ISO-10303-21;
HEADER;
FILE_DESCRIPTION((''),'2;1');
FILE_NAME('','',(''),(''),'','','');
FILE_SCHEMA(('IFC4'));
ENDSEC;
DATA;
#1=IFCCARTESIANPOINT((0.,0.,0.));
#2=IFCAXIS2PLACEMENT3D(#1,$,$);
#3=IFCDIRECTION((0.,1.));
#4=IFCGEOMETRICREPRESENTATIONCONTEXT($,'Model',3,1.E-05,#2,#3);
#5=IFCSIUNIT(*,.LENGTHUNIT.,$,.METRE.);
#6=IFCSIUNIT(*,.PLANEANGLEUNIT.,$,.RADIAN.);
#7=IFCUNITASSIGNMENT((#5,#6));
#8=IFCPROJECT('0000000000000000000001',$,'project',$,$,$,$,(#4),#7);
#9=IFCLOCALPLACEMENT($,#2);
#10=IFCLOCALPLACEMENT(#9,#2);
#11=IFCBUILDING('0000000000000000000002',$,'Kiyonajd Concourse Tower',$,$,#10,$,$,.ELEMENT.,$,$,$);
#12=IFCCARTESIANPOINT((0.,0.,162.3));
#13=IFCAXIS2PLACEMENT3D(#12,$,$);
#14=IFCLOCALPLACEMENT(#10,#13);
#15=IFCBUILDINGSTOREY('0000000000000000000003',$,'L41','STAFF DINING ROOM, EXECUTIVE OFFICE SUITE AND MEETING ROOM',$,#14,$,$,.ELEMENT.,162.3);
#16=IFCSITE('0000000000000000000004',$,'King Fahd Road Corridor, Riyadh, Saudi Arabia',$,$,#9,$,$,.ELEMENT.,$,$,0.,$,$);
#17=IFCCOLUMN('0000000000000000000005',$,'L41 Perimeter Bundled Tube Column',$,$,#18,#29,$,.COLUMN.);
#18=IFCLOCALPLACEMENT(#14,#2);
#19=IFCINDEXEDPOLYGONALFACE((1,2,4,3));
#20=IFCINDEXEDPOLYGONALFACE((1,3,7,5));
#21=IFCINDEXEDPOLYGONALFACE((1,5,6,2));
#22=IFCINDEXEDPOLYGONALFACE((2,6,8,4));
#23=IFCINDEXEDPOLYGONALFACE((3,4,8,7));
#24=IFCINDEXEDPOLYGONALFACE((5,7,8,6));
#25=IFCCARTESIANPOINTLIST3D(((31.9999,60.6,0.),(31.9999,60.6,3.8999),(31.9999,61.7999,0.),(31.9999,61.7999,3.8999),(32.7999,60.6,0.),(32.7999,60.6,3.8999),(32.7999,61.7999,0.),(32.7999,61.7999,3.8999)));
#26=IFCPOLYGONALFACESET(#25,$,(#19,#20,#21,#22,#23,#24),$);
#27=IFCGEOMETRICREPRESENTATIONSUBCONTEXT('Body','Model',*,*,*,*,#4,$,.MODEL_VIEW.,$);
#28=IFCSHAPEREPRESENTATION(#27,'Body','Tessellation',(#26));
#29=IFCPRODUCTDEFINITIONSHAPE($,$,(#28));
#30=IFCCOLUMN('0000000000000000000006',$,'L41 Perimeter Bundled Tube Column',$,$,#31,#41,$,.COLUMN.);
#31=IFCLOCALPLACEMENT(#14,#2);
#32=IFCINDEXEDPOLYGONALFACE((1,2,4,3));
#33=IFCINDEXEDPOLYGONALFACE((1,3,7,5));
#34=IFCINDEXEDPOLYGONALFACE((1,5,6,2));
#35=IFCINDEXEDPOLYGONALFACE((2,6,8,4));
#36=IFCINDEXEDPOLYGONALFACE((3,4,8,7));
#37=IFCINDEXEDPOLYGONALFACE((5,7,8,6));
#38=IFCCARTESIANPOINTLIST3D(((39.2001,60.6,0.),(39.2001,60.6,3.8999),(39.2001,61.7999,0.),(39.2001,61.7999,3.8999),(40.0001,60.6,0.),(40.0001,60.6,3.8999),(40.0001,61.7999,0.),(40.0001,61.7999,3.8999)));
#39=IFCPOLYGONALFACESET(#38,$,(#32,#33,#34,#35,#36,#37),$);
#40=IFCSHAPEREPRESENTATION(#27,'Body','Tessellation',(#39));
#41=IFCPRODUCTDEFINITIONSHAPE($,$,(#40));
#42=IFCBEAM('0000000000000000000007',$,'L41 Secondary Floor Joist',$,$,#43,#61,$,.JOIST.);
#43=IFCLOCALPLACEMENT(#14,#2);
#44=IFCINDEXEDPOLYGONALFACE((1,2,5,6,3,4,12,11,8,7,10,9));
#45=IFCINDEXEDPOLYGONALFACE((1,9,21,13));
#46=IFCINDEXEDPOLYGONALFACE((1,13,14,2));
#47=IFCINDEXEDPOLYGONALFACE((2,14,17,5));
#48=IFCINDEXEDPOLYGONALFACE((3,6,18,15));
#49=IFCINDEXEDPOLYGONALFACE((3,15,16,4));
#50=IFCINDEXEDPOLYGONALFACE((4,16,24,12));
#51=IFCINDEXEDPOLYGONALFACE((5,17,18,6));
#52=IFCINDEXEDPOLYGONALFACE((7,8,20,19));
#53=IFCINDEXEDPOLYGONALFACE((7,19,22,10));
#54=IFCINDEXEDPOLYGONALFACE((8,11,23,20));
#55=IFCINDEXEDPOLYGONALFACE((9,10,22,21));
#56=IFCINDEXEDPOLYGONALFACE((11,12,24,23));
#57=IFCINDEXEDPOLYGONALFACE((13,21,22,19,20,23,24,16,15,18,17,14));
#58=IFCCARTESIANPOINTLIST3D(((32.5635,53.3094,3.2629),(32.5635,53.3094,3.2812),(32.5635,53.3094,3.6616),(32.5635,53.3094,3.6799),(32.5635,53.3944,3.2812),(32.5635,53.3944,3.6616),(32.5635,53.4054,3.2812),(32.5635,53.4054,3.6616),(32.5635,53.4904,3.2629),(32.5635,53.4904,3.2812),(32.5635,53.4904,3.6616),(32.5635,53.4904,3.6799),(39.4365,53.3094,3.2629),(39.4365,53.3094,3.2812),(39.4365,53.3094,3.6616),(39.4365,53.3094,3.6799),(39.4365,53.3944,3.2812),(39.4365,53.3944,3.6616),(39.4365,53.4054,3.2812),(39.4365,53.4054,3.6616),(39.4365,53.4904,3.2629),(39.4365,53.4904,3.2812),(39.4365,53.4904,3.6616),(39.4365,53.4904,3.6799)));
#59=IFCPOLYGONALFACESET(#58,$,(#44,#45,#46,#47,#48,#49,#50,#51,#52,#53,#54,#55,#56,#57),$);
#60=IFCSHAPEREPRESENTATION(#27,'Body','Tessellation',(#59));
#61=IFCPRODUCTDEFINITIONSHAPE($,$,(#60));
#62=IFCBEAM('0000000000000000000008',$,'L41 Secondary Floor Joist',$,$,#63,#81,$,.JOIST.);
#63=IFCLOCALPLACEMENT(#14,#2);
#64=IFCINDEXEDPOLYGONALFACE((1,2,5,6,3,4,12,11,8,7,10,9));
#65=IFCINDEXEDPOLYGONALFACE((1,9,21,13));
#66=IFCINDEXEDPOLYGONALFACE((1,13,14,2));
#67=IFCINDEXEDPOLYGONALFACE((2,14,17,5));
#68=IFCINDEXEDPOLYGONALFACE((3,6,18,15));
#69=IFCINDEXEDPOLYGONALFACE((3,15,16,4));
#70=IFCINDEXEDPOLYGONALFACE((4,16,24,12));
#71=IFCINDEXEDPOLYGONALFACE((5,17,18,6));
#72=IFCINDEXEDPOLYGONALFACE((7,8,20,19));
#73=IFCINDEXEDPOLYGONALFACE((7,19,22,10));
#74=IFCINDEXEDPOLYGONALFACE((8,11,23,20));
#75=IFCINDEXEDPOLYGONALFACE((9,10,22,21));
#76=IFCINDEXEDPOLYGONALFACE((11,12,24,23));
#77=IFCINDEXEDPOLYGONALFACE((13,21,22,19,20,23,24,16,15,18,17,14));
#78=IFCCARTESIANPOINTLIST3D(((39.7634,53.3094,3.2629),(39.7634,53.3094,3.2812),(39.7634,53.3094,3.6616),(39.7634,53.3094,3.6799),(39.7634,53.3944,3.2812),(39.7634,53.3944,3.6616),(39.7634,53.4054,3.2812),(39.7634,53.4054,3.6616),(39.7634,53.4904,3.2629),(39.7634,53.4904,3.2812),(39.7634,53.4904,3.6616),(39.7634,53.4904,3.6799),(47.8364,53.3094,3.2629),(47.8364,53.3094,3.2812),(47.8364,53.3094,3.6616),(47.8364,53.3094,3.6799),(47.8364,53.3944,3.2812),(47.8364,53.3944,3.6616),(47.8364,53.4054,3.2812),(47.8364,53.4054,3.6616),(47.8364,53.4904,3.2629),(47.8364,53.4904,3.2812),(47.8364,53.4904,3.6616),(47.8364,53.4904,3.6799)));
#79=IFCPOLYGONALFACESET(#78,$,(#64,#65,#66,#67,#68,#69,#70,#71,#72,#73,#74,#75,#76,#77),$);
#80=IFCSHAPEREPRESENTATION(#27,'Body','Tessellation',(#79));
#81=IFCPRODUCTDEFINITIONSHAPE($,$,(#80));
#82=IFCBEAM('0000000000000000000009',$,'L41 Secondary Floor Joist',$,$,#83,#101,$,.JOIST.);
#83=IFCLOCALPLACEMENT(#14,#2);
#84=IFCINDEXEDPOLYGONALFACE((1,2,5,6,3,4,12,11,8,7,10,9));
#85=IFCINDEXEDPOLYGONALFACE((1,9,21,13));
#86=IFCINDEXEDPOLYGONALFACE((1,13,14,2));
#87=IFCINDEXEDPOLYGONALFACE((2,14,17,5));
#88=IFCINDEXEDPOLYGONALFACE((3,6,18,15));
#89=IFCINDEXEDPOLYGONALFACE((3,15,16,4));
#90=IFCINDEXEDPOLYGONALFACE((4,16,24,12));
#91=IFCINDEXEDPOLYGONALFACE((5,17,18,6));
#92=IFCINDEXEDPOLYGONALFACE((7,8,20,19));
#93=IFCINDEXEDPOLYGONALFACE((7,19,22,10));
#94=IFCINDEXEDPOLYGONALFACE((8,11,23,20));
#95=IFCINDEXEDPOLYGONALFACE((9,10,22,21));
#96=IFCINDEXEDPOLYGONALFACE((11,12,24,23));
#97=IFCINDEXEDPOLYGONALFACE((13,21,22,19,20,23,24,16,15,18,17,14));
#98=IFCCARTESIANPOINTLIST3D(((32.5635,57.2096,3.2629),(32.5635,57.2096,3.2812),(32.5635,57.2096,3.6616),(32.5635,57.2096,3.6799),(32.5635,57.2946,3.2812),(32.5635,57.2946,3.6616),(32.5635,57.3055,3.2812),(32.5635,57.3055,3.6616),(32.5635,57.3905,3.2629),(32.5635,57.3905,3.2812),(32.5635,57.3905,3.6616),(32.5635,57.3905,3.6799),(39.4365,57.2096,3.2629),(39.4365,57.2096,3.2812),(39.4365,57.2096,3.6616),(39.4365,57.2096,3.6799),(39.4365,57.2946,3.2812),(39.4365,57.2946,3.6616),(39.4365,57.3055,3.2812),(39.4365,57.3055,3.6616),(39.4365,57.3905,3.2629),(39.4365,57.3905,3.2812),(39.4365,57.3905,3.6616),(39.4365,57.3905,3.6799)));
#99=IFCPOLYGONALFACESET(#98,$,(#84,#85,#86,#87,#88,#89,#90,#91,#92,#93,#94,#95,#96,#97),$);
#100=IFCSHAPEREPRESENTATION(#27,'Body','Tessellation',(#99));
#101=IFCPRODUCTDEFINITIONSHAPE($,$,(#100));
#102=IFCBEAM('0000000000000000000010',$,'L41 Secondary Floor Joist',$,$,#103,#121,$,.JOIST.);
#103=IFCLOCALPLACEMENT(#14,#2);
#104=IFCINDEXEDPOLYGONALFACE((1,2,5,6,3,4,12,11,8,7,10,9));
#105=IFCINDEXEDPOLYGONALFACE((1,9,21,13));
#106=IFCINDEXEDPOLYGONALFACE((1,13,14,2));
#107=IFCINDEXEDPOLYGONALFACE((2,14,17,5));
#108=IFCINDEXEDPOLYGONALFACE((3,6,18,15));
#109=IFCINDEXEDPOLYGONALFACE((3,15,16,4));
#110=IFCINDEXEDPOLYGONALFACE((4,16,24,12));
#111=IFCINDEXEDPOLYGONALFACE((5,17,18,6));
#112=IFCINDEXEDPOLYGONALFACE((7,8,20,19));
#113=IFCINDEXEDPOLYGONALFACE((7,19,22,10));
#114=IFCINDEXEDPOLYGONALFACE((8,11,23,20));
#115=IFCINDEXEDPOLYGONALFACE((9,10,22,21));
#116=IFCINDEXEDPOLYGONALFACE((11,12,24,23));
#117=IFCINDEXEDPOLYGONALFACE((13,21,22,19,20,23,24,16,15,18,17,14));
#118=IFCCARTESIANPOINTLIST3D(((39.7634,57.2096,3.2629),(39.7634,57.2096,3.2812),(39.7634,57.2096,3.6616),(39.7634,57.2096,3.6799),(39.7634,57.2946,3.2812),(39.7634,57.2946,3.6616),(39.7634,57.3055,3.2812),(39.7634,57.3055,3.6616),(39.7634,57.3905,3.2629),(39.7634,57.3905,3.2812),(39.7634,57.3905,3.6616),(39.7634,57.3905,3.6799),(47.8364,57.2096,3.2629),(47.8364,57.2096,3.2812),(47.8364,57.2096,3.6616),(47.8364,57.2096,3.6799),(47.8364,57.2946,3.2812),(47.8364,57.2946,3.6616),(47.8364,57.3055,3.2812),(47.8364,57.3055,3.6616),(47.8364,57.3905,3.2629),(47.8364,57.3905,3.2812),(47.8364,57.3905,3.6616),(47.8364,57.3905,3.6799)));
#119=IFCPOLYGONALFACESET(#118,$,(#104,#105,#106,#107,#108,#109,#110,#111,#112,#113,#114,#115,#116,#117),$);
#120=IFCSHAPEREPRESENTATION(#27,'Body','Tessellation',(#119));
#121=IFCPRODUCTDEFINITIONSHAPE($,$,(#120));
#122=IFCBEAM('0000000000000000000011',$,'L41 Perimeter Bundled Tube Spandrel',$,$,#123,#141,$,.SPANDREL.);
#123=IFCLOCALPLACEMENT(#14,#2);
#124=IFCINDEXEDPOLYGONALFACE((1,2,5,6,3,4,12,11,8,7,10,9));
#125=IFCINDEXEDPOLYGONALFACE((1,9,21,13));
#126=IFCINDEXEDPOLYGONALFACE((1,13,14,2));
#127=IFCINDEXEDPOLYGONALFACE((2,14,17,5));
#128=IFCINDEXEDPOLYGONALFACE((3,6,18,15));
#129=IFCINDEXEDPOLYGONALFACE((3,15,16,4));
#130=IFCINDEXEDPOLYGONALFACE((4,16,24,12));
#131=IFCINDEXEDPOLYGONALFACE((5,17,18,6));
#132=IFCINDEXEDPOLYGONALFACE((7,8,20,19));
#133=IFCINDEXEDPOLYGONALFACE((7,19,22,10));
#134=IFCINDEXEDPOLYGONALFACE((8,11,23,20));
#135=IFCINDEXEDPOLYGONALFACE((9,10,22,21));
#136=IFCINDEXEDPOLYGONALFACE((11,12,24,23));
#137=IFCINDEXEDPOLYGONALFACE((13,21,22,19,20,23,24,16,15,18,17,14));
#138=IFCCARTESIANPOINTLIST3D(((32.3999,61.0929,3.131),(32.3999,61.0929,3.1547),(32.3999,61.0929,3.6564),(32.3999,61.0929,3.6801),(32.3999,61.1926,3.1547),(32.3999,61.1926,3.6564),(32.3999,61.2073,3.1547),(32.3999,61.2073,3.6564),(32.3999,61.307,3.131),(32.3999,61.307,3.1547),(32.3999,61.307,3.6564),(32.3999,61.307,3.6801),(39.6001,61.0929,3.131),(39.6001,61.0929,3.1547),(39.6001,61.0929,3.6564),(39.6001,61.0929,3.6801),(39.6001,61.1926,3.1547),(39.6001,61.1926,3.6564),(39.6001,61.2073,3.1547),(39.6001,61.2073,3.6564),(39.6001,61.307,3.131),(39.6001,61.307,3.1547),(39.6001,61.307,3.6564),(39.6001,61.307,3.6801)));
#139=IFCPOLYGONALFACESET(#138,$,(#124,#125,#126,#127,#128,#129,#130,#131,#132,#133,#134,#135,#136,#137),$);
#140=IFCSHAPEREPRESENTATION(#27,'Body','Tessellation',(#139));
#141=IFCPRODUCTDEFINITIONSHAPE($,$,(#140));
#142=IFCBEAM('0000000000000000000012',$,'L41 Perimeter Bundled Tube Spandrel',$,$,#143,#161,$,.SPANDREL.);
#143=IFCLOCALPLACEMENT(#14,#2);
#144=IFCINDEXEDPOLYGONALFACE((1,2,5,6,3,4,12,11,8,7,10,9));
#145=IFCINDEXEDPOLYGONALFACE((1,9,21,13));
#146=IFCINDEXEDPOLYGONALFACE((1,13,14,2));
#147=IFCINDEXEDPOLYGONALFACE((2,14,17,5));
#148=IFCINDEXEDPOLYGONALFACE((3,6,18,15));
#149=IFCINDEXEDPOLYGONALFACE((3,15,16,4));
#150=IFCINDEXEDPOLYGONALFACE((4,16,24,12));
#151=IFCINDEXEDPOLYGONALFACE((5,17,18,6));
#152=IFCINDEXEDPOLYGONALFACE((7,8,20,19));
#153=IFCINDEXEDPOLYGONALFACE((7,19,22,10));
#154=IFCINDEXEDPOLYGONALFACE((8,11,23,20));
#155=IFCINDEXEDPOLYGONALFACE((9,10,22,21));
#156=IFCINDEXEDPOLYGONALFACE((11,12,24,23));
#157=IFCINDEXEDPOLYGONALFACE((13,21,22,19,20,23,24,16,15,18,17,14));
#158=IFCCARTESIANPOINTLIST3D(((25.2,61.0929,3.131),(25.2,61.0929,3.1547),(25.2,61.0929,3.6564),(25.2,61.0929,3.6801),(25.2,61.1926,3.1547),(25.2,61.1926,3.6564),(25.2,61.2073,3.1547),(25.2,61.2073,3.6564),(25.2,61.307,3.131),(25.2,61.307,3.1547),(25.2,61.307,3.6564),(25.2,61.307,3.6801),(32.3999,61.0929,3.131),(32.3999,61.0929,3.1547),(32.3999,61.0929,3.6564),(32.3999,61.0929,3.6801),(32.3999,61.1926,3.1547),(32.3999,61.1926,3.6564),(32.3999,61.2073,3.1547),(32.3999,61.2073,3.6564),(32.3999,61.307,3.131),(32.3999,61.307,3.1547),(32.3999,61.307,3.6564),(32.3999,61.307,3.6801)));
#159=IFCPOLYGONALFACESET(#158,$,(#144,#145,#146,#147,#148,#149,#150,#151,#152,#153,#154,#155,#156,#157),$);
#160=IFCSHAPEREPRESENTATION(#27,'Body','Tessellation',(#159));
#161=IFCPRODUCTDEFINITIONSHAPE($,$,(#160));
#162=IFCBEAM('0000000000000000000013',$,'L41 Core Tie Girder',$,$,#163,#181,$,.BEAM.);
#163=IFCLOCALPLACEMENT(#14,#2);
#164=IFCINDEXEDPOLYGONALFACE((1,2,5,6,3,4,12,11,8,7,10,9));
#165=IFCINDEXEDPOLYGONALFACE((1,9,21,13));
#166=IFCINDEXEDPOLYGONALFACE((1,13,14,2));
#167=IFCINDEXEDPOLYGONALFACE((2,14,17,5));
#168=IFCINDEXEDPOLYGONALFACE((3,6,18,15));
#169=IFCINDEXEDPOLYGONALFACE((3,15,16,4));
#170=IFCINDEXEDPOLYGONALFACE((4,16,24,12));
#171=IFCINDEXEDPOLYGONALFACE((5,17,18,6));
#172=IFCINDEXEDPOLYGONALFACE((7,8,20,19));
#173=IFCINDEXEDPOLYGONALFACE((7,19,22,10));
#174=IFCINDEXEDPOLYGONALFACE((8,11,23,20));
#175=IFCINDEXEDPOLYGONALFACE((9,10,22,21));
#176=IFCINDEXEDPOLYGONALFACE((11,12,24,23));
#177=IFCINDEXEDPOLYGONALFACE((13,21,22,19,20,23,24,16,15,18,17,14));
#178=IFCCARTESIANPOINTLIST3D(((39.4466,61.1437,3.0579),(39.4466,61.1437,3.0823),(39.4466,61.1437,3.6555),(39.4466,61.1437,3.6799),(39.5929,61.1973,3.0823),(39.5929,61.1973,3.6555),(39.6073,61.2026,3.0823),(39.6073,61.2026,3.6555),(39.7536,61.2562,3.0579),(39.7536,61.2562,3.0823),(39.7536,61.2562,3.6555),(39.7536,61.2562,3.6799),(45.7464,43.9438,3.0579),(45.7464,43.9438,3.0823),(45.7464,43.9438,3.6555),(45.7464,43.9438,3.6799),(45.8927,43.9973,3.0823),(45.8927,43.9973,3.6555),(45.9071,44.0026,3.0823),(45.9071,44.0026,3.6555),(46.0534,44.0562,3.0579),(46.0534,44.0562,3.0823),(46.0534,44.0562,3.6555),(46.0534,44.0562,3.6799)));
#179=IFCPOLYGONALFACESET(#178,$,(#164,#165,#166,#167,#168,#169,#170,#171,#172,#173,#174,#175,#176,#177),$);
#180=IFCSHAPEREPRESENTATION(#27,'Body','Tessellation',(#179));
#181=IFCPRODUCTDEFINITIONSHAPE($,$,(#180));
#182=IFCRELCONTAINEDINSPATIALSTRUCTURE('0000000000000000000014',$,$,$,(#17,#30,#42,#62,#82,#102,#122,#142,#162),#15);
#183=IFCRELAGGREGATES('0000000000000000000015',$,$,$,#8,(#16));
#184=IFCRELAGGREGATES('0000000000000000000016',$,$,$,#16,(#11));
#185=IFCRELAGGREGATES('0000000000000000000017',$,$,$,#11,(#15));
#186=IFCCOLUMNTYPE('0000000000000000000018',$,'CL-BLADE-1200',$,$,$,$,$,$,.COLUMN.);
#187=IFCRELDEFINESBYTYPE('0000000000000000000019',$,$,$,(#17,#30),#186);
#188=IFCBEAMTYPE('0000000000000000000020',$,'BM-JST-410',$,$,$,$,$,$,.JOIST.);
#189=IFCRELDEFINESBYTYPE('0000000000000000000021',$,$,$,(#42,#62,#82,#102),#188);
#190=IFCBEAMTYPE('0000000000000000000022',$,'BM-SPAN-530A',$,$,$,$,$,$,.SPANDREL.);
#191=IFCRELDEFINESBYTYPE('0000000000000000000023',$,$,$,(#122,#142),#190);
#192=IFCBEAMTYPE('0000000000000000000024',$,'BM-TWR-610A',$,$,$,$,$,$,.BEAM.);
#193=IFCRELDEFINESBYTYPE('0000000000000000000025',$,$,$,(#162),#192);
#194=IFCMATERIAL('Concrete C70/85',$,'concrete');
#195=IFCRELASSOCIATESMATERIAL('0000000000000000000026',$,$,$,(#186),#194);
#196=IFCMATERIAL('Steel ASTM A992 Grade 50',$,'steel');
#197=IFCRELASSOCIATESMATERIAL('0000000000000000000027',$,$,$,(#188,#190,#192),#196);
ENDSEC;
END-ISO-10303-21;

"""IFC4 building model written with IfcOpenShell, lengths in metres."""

from ifc_helpers import new_model, si_unit, direction, frame, origin, origin_2d, place, context, subcontext, project, spatial, rectangle, i_section, extrude, material, material_profile, profile_set, type_object, element, save


model = new_model("IFC4")

# Units and contexts
model_context = context("Model", 3, precision=1e-05, world=origin(), true_north=direction((0.0, 1.0)))
body_context = subcontext(model_context, "Body", "Model", "MODEL_VIEW")
ifc_project = project(units=[si_unit("LENGTHUNIT", "METRE"), si_unit("PLANEANGLEUNIT", "RADIAN")], contexts=[model_context])

# Site, building, storey
site_placement = place(None, origin())
site = spatial("IfcSite", under=ifc_project, at=site_placement, Name="King Fahd Road Corridor, Riyadh, Saudi Arabia", CompositionType="ELEMENT", RefElevation=0.0)
building_placement = place(site_placement, origin())
building = spatial("IfcBuilding", under=site, at=building_placement, Name="Kiyonajd Concourse Tower", CompositionType="ELEMENT")
storey_placement = place(building_placement, frame((0.0, 0.0, 162.3)))
storey = spatial("IfcBuildingStorey", under=building, at=storey_placement, Name="L41", Description="STAFF DINING ROOM, EXECUTIVE OFFICE SUITE AND MEETING ROOM", CompositionType="ELEMENT", Elevation=162.3)

# Columns
ifc_material_1 = material(Name="Concrete C70/85", Category="concrete")
ifc_material_profile_1 = material_profile(ifc_material_1, rectangle(XDim=0.8, YDim=1.2, at=origin_2d()), Name="RC-1200x800")
ifc_profile_set_1 = profile_set([ifc_material_profile_1], Name="Concrete C70/85")
column_type = type_object("IfcColumnType", Name="CL-BLADE-1200", PredefinedType="COLUMN", material=ifc_profile_set_1)
for number, where, z_axis, x_axis, name in (
    (1, (32.3999, 61.2, 0.0), (0.0, 0.0, 1.0), (1.0, 0.0, 0.0), "L41 Perimeter Bundled Tube Column"),
    (2, (39.6001, 61.2, 0.0), (0.0, 0.0, 1.0), (1.0, 0.0, 0.0), "L41 Perimeter Bundled Tube Column"),
):
    element("IfcColumn", number, at=place(storey_placement, frame(where, z_axis=z_axis, x_axis=x_axis)), inside=storey, type_object=column_type, Name=name, PredefinedType="COLUMN", context=body_context, shape_type="SweptSolid", body=[
        extrude(rectangle(XDim=0.8, YDim=1.2, at=origin_2d()), origin(), (0.0, 0.0, 1.0), 3.8999),
    ])

# Beams
ifc_material_2 = material(Name="Steel ASTM A992 Grade 50", Category="steel")
ifc_material_profile_2 = material_profile(ifc_material_2, i_section(OverallWidth=0.1809, OverallDepth=0.417, WebThickness=0.011, FlangeThickness=0.0183, at=origin_2d()), Name="W410X85")
ifc_profile_set_2 = profile_set([ifc_material_profile_2], Name="Steel ASTM A992 Grade 50")
beam_type_1 = type_object("IfcBeamType", Name="BM-JST-410", PredefinedType="JOIST", material=ifc_profile_set_2)
beam_1_placement = place(storey_placement, frame((32.5635, 53.3999, 3.4714), z_axis=(1.0, 0.0, 0.0), x_axis=(0.0, 1.0, 0.0)))
element("IfcBeam", 3, at=beam_1_placement, inside=storey, type_object=beam_type_1, Name="L41 Secondary Floor Joist", PredefinedType="JOIST", context=body_context, shape_type="SweptSolid", body=[
    extrude(i_section(OverallWidth=0.1809, OverallDepth=0.417, WebThickness=0.011, FlangeThickness=0.0183, at=origin_2d()), origin(), (0.0, 0.0, 1.0), 6.873),
])
beam_2_placement = place(storey_placement, frame((39.7634, 53.3999, 3.4714), z_axis=(1.0, 0.0, 0.0), x_axis=(0.0, 1.0, 0.0)))
element("IfcBeam", 4, at=beam_2_placement, inside=storey, type_object=beam_type_1, Name="L41 Secondary Floor Joist", PredefinedType="JOIST", context=body_context, shape_type="SweptSolid", body=[
    extrude(i_section(OverallWidth=0.1809, OverallDepth=0.417, WebThickness=0.011, FlangeThickness=0.0183, at=origin_2d()), origin(), (0.0, 0.0, 1.0), 8.073),
])
beam_3_placement = place(storey_placement, frame((32.5635, 57.3, 3.4714), z_axis=(1.0, 0.0, 0.0), x_axis=(0.0, 1.0, 0.0)))
element("IfcBeam", 5, at=beam_3_placement, inside=storey, type_object=beam_type_1, Name="L41 Secondary Floor Joist", PredefinedType="JOIST", context=body_context, shape_type="SweptSolid", body=[
    extrude(i_section(OverallWidth=0.1809, OverallDepth=0.417, WebThickness=0.011, FlangeThickness=0.0183, at=origin_2d()), origin(), (0.0, 0.0, 1.0), 6.873),
])
beam_4_placement = place(storey_placement, frame((39.7634, 57.3, 3.4714), z_axis=(1.0, 0.0, 0.0), x_axis=(0.0, 1.0, 0.0)))
element("IfcBeam", 6, at=beam_4_placement, inside=storey, type_object=beam_type_1, Name="L41 Secondary Floor Joist", PredefinedType="JOIST", context=body_context, shape_type="SweptSolid", body=[
    extrude(i_section(OverallWidth=0.1809, OverallDepth=0.417, WebThickness=0.011, FlangeThickness=0.0183, at=origin_2d()), origin(), (0.0, 0.0, 1.0), 8.073),
])
ifc_material_profile_3 = material_profile(ifc_material_2, i_section(OverallWidth=0.2141, OverallDepth=0.5491, WebThickness=0.0146, FlangeThickness=0.0237, at=origin_2d()), Name="W530X138")
ifc_profile_set_3 = profile_set([ifc_material_profile_3], Name="Steel ASTM A992 Grade 50")
beam_type_2 = type_object("IfcBeamType", Name="BM-SPAN-530A", PredefinedType="SPANDREL", material=ifc_profile_set_3)
beam_5_placement = place(storey_placement, frame((39.6001, 61.2, 3.4055), z_axis=(-1.0, 0.0, 0.0), x_axis=(0.0, -1.0, 0.0)))
element("IfcBeam", 7, at=beam_5_placement, inside=storey, type_object=beam_type_2, Name="L41 Perimeter Bundled Tube Spandrel", PredefinedType="SPANDREL", context=body_context, shape_type="SweptSolid", body=[
    extrude(i_section(OverallWidth=0.2141, OverallDepth=0.5491, WebThickness=0.0146, FlangeThickness=0.0237, at=origin_2d()), origin(), (0.0, 0.0, 1.0), 7.2002),
])
beam_6_placement = place(storey_placement, frame((32.3999, 61.2, 3.4055), z_axis=(-1.0, 0.0, 0.0), x_axis=(0.0, -1.0, 0.0)))
element("IfcBeam", 8, at=beam_6_placement, inside=storey, type_object=beam_type_2, Name="L41 Perimeter Bundled Tube Spandrel", PredefinedType="SPANDREL", context=body_context, shape_type="SweptSolid", body=[
    extrude(i_section(OverallWidth=0.2141, OverallDepth=0.5491, WebThickness=0.0146, FlangeThickness=0.0237, at=origin_2d()), origin(), (0.0, 0.0, 1.0), 7.2),
])
ifc_material_profile_4 = material_profile(ifc_material_2, i_section(OverallWidth=0.3269, OverallDepth=0.6221, WebThickness=0.0154, FlangeThickness=0.0244, at=origin_2d()), Name="W610X195")
ifc_profile_set_4 = profile_set([ifc_material_profile_4], Name="Steel ASTM A992 Grade 50")
beam_type_3 = type_object("IfcBeamType", Name="BM-TWR-610A", PredefinedType="BEAM", material=ifc_profile_set_4)
beam_7_placement = place(storey_placement, frame((39.6001, 61.2, 3.3689), z_axis=(0.343925, -0.938997, 0.0), x_axis=(0.938997, 0.343925, 0.0)))
element("IfcBeam", 9, at=beam_7_placement, inside=storey, type_object=beam_type_3, Name="L41 Core Tie Girder", PredefinedType="BEAM", context=body_context, shape_type="SweptSolid", body=[
    extrude(i_section(OverallWidth=0.3269, OverallDepth=0.6221, WebThickness=0.0154, FlangeThickness=0.0244, at=origin_2d()), origin(), (0.0, 0.0, 1.0), 18.3174),
])

save(model, "model.ifc")
